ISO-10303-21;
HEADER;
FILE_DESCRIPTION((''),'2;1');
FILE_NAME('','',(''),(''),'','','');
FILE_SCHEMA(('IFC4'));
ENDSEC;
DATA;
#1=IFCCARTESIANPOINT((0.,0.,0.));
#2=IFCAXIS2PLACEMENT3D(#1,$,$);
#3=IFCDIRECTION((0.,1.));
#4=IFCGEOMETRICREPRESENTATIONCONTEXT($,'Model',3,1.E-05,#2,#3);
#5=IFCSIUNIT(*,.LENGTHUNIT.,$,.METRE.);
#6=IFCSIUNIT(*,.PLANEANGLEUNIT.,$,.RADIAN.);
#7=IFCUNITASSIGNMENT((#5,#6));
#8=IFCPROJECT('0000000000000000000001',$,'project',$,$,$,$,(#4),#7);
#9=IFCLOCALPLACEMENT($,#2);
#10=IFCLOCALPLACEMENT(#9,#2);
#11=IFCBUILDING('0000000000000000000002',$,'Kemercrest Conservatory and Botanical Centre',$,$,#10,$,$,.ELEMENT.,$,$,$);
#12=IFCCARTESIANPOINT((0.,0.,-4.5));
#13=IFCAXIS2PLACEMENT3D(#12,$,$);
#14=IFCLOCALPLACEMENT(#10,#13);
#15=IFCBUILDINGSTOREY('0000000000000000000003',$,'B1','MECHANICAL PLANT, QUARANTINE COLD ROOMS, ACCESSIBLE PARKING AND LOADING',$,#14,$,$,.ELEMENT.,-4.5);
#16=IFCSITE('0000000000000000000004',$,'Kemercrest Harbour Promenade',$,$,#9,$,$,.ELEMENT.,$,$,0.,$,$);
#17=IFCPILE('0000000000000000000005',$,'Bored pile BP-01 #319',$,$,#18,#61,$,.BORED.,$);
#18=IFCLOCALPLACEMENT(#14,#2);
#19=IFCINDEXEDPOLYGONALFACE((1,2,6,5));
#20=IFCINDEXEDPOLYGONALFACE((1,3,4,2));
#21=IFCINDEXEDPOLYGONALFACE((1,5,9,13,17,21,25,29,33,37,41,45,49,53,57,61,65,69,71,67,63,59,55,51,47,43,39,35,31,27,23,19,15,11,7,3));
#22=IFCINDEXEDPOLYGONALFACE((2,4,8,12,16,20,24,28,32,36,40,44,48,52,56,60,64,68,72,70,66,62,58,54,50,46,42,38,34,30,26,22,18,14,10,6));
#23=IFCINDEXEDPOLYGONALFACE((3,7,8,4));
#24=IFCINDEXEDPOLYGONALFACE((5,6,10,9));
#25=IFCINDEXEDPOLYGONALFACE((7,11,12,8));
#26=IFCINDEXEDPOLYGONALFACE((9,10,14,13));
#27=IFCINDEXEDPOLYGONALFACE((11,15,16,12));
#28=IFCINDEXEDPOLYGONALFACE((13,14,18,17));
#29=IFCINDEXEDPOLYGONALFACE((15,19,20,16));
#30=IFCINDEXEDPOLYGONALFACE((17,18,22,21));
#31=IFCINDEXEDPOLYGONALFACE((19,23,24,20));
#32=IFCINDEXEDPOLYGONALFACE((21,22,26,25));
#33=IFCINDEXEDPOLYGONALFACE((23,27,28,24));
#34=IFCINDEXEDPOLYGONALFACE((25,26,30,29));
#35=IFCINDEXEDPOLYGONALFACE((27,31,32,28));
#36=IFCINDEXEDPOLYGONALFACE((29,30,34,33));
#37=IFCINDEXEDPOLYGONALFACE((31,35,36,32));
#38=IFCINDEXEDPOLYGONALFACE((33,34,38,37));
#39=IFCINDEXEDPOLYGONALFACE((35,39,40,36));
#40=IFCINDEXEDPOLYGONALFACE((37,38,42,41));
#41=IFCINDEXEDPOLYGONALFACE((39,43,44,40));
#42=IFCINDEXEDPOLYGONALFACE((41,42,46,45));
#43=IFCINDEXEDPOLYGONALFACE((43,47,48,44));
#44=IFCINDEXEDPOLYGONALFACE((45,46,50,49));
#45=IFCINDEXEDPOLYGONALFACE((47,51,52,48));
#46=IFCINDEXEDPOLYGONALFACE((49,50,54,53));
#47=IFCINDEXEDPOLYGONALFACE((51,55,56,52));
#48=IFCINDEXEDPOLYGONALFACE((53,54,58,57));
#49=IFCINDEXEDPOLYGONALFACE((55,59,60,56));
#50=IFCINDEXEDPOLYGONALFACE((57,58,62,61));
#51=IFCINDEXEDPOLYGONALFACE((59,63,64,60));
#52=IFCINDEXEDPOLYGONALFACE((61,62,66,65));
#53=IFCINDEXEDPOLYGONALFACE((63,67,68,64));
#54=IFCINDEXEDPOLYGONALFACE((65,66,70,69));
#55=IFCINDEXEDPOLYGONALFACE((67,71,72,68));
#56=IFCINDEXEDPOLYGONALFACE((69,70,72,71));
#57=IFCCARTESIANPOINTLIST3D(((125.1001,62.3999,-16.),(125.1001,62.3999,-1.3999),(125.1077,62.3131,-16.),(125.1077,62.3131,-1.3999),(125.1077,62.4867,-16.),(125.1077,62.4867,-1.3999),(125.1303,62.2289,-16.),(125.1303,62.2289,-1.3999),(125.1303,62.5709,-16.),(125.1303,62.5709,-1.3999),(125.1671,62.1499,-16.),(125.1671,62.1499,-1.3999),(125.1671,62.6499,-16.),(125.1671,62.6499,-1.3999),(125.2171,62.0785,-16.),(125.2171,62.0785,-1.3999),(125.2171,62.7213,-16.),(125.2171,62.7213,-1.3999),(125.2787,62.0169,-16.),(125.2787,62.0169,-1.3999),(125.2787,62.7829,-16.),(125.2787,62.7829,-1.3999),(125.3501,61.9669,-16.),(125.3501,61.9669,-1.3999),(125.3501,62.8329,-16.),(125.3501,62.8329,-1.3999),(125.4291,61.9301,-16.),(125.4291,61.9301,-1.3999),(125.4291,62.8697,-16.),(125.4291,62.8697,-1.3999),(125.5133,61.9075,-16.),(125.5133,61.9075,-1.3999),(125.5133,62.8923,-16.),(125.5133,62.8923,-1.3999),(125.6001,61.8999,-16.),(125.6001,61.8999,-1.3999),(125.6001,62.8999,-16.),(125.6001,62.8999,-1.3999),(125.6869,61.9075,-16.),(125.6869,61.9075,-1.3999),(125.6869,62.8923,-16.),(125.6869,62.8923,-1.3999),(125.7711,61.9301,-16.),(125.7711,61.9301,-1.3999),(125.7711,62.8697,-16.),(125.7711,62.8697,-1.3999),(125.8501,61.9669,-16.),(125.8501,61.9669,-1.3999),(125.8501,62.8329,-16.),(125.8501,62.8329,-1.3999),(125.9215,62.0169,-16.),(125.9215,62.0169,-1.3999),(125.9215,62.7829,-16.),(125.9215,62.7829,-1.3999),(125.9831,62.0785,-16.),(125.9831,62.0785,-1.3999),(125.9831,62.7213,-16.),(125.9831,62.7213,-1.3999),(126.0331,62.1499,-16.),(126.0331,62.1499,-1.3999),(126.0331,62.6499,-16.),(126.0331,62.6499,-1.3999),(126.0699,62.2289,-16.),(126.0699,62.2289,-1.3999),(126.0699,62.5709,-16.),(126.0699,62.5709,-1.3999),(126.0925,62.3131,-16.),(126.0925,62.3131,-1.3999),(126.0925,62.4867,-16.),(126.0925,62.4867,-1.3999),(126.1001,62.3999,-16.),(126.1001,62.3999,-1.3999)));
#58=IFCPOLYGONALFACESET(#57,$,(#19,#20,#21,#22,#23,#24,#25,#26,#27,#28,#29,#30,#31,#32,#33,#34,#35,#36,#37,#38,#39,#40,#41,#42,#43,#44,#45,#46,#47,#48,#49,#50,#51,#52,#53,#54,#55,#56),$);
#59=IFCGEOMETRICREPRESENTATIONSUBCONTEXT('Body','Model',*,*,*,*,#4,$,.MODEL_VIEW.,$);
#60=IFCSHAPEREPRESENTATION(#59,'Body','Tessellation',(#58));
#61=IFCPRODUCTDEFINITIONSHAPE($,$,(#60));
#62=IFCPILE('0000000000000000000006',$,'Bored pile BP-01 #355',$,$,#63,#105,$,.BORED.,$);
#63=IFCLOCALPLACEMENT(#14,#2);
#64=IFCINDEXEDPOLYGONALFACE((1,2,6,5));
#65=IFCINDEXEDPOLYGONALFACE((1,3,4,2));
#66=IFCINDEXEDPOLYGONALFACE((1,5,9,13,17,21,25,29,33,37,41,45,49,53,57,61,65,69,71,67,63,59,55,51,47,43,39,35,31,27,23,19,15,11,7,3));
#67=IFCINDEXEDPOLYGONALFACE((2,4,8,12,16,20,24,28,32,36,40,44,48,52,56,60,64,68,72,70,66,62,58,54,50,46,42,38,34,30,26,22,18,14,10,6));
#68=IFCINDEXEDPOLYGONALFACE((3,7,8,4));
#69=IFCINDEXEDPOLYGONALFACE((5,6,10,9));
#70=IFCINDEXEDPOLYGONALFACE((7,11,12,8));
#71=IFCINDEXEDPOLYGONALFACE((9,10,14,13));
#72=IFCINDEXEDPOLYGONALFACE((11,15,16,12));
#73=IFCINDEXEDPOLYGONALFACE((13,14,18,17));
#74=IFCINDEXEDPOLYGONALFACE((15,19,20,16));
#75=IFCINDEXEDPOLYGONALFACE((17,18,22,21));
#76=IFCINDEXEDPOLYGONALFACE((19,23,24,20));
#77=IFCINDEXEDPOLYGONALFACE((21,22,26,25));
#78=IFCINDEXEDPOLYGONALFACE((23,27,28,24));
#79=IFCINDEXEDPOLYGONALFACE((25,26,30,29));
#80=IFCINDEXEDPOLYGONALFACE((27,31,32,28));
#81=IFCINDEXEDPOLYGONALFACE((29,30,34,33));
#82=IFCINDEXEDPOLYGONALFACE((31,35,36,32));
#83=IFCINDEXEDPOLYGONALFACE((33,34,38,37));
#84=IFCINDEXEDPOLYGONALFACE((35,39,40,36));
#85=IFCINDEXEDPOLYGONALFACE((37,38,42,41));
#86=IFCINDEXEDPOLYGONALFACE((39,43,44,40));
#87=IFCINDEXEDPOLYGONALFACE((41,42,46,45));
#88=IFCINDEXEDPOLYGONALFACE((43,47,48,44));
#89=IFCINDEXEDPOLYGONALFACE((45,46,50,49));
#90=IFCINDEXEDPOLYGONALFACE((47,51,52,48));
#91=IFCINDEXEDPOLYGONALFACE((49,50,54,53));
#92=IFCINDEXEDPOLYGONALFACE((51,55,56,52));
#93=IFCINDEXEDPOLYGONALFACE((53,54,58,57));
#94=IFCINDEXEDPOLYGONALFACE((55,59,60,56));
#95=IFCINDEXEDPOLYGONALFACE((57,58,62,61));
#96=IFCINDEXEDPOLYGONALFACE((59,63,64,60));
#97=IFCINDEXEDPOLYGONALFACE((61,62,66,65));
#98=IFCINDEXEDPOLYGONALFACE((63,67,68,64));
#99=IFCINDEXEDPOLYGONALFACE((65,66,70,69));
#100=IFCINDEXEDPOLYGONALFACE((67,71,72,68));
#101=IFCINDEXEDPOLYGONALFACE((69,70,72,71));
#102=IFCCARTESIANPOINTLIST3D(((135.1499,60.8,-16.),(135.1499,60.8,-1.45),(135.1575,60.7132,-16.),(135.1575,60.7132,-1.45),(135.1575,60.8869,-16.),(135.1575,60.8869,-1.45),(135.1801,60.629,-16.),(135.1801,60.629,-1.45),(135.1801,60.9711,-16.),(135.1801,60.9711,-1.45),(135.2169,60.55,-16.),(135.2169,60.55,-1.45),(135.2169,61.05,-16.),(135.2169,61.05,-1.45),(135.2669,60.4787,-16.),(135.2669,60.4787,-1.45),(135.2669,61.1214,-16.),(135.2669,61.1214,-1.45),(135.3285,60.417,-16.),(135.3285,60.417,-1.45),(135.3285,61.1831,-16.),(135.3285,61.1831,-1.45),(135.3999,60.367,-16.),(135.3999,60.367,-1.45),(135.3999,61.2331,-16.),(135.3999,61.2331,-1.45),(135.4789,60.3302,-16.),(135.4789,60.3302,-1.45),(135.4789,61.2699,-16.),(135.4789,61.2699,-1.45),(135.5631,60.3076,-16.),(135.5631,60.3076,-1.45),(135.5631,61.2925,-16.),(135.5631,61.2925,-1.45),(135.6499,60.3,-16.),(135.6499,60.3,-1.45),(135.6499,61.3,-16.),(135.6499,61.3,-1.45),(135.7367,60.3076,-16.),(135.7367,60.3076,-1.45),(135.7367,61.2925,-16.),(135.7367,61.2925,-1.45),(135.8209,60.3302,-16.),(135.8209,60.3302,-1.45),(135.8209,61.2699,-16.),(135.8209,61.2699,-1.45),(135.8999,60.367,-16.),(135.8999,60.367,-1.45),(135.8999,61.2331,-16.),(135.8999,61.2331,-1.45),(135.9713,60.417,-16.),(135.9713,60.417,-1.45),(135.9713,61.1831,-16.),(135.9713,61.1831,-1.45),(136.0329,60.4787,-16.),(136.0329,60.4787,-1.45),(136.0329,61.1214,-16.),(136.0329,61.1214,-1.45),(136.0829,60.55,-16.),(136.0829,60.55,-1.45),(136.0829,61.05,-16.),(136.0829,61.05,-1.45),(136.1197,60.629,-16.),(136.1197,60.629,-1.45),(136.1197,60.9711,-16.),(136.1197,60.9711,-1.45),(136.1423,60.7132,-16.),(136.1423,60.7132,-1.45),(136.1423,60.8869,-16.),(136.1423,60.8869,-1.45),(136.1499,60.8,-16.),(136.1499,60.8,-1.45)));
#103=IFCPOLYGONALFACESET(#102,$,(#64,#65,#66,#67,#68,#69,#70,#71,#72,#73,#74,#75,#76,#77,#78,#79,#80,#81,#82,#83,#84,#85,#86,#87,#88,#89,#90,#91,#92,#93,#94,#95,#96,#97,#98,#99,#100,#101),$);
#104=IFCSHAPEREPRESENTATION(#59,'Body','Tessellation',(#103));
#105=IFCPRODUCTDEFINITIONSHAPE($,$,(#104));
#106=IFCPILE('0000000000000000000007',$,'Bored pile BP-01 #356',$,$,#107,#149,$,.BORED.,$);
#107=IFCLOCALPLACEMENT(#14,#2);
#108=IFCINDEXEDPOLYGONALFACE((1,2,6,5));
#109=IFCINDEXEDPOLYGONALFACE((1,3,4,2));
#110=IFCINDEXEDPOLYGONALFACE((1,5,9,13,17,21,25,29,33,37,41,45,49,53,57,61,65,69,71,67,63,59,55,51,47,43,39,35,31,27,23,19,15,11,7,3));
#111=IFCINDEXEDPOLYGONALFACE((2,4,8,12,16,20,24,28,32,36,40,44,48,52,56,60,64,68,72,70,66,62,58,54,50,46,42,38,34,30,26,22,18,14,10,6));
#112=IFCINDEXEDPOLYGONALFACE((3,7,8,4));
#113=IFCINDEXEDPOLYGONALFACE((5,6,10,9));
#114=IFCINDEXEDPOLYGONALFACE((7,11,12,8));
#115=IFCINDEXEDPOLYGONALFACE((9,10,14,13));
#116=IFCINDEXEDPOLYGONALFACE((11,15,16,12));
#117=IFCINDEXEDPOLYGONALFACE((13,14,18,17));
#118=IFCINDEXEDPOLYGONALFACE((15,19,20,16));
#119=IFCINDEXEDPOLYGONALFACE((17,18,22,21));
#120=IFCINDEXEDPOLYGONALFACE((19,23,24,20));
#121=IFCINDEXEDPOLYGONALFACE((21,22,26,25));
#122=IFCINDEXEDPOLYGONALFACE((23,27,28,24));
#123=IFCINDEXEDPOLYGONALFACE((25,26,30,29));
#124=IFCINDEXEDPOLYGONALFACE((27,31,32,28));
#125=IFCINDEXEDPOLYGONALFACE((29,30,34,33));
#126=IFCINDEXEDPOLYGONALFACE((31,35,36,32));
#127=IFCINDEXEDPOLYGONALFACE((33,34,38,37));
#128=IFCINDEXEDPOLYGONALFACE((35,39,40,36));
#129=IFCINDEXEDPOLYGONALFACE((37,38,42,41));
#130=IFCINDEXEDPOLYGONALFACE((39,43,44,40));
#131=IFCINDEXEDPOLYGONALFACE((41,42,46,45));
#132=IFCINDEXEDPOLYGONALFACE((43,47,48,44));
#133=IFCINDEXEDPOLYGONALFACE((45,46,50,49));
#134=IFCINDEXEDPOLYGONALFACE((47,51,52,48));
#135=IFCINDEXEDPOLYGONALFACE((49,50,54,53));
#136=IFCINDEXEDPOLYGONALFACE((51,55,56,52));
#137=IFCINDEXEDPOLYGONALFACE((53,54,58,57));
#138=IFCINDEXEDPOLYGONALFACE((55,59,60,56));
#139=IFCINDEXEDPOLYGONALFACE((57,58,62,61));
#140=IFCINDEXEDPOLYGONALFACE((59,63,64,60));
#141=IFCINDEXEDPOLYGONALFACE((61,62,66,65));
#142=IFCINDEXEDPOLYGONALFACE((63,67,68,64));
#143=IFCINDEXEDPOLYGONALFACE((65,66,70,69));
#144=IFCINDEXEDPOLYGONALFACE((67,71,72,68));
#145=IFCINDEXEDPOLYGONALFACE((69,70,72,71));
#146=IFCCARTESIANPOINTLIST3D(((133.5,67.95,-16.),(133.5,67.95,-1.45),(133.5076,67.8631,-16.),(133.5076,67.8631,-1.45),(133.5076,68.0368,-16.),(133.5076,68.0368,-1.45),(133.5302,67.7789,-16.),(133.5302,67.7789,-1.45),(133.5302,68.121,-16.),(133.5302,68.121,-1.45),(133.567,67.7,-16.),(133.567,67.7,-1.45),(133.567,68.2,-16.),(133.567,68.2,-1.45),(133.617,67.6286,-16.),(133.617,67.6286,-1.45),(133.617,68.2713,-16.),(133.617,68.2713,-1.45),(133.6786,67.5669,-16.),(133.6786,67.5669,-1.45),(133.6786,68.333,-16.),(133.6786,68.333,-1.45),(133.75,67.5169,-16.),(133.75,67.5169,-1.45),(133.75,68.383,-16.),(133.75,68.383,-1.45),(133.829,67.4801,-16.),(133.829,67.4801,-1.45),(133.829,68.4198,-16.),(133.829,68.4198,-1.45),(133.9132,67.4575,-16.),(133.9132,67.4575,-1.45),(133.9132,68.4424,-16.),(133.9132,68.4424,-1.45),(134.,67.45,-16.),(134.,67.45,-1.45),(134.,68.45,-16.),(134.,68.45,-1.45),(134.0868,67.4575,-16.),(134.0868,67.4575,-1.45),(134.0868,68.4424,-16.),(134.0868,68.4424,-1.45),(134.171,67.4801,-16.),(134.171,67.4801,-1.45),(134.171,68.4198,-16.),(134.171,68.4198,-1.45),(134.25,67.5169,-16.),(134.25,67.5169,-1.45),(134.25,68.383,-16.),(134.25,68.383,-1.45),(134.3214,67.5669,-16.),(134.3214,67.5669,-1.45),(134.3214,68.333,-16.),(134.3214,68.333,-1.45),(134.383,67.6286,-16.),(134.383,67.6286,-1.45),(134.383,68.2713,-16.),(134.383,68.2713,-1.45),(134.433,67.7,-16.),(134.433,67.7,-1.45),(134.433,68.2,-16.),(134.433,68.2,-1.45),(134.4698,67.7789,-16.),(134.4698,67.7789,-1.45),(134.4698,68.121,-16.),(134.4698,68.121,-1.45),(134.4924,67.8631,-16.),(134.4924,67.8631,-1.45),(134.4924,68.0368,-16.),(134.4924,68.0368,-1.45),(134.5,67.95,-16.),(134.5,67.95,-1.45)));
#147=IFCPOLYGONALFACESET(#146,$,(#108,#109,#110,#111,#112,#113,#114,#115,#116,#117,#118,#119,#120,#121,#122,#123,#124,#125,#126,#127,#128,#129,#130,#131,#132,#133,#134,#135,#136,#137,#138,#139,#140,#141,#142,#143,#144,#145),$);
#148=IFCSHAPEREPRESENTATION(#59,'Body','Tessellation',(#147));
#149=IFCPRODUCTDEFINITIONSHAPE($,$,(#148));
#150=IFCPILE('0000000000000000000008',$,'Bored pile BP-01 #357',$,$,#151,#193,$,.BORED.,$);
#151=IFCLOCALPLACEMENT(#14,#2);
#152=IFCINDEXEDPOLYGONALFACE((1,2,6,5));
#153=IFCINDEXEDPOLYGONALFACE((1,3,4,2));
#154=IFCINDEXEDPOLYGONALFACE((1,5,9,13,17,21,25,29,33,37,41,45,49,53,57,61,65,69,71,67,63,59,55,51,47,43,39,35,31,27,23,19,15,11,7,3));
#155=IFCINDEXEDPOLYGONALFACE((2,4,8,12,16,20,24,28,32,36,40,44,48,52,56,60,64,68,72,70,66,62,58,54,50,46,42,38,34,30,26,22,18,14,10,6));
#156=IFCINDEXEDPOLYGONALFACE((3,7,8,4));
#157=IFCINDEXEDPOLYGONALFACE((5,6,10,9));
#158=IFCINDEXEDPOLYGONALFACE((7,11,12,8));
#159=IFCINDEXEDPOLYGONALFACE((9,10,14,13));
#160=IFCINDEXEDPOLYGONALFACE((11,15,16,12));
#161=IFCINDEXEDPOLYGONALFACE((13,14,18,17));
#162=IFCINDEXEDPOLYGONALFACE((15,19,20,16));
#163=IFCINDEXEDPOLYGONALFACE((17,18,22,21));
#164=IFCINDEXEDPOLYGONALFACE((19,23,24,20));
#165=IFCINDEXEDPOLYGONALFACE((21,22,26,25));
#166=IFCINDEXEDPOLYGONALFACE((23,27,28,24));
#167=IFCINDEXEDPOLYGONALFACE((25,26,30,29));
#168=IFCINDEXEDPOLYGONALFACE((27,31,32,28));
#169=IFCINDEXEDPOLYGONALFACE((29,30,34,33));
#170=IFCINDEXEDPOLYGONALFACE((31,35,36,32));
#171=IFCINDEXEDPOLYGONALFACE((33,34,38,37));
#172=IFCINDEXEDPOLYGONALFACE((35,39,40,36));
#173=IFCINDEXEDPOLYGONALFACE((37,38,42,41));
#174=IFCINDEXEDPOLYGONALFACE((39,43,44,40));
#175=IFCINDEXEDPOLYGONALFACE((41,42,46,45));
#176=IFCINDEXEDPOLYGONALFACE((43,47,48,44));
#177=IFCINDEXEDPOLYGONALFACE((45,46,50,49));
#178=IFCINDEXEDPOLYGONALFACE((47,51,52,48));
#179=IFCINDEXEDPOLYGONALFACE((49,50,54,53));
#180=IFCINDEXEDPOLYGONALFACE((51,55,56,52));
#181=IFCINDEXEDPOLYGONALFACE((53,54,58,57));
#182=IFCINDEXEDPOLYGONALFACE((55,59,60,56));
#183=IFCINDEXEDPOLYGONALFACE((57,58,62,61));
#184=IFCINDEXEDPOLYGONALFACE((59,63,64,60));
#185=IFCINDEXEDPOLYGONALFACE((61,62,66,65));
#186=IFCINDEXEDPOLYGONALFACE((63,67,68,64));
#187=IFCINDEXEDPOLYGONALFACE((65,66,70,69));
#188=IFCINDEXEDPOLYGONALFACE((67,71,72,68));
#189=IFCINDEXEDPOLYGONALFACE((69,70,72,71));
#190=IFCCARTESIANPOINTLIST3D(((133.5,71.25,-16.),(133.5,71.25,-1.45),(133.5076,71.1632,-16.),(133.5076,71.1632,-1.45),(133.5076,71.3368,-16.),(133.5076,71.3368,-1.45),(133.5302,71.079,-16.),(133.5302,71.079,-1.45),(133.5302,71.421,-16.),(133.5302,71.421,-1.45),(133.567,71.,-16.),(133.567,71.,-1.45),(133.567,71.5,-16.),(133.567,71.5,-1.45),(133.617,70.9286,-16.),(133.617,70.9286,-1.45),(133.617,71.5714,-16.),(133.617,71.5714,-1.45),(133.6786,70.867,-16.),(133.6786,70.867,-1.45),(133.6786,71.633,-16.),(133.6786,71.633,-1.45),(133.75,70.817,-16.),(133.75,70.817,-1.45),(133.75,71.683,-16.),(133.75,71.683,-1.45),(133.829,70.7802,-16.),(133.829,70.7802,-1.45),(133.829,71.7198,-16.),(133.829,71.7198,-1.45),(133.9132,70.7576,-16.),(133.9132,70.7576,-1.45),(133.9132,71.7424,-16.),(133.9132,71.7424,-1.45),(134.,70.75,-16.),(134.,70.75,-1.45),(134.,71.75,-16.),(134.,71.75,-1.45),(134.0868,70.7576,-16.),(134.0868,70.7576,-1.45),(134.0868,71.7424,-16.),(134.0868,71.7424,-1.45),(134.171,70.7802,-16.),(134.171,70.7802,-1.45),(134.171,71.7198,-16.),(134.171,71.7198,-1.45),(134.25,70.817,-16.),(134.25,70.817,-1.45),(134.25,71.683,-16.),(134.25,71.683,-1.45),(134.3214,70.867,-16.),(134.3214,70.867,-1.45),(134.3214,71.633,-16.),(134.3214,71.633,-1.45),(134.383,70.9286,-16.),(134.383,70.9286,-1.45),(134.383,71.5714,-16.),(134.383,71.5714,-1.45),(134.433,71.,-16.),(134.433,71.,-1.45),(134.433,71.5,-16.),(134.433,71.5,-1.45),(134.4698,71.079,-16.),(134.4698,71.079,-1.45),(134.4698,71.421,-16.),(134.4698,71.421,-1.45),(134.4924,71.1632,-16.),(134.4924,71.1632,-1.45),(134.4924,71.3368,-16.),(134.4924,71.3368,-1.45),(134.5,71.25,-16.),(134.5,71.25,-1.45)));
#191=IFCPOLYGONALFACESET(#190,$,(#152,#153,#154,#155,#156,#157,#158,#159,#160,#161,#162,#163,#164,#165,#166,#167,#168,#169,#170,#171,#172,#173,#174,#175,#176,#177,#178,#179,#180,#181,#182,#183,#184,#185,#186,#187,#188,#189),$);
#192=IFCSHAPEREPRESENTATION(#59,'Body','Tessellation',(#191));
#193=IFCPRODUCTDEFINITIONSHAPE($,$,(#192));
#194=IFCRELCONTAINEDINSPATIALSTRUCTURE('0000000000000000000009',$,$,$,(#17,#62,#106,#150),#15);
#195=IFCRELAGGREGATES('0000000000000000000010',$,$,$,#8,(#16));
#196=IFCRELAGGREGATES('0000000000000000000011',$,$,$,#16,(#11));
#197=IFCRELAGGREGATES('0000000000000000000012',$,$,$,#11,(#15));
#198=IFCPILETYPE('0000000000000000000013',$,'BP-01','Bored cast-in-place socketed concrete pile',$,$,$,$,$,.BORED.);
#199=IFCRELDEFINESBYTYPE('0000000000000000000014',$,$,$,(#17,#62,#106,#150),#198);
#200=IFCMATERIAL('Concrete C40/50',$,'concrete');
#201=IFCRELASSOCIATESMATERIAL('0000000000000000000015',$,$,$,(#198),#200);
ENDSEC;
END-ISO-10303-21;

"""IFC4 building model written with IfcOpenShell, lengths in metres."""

from ifc_helpers import new_model, si_unit, direction, frame, origin, origin_2d, place, context, subcontext, project, spatial, circle, extrude, material, material_profile, profile_set, type_object, element, save


model = new_model("IFC4")

# Units and contexts
model_context = context("Model", 3, precision=1e-05, world=origin(), true_north=direction((0.0, 1.0)))
body_context = subcontext(model_context, "Body", "Model", "MODEL_VIEW")
ifc_project = project(units=[si_unit("LENGTHUNIT", "METRE"), si_unit("PLANEANGLEUNIT", "RADIAN")], contexts=[model_context])

# Site, building, storey
site_placement = place(None, origin())
site = spatial("IfcSite", under=ifc_project, at=site_placement, Name="Kemercrest Harbour Promenade", CompositionType="ELEMENT", RefElevation=0.0)
building_placement = place(site_placement, origin())
building = spatial("IfcBuilding", under=site, at=building_placement, Name="Kemercrest Conservatory and Botanical Centre", CompositionType="ELEMENT")
storey_placement = place(building_placement, frame((0.0, 0.0, -4.5)))
storey = spatial("IfcBuildingStorey", under=building, at=storey_placement, Name="B1", Description="MECHANICAL PLANT, QUARANTINE COLD ROOMS, ACCESSIBLE PARKING AND LOADING", CompositionType="ELEMENT", Elevation=-4.5)

# Piles
ifc_material_1 = material(Name="Concrete C40/50", Category="concrete")
ifc_material_profile_1 = material_profile(ifc_material_1, circle(Radius=0.5, at=origin_2d()), Name="BORED PILE 1000")
ifc_profile_set_1 = profile_set([ifc_material_profile_1], Name="Concrete C40/50")
pile_type_1 = type_object("IfcPileType", Name="BP-01", Description="Bored cast-in-place socketed concrete pile", PredefinedType="BORED", material=ifc_profile_set_1)
pile_1_placement = place(storey_placement, frame((125.6001, 62.3999, -1.3999), z_axis=(0.0, 0.0, -1.0), x_axis=(1.0, 0.0, 0.0)))
element("IfcPile", 1, at=pile_1_placement, inside=storey, type_object=pile_type_1, Name="Bored pile BP-01 #319", PredefinedType="BORED", context=body_context, shape_type="SweptSolid", body=[
    extrude(circle(Radius=0.5, at=origin_2d()), origin(), (0.0, 0.0, 1.0), 14.6001),
])
for number, where, z_axis, x_axis, name in (
    (2, (135.6499, 60.8, -1.45), (0.0, 0.0, -1.0), (1.0, 0.0, 0.0), "Bored pile BP-01 #355"),
    (3, (134.0, 67.95, -1.45), (0.0, 0.0, -1.0), (1.0, 0.0, 0.0), "Bored pile BP-01 #356"),
    (4, (134.0, 71.25, -1.45), (0.0, 0.0, -1.0), (1.0, 0.0, 0.0), "Bored pile BP-01 #357"),
):
    element("IfcPile", number, at=place(storey_placement, frame(where, z_axis=z_axis, x_axis=x_axis)), inside=storey, type_object=pile_type_1, Name=name, PredefinedType="BORED", context=body_context, shape_type="SweptSolid", body=[
        extrude(circle(Radius=0.5, at=origin_2d()), origin(), (0.0, 0.0, 1.0), 14.55),
    ])

save(model, "model.ifc")
